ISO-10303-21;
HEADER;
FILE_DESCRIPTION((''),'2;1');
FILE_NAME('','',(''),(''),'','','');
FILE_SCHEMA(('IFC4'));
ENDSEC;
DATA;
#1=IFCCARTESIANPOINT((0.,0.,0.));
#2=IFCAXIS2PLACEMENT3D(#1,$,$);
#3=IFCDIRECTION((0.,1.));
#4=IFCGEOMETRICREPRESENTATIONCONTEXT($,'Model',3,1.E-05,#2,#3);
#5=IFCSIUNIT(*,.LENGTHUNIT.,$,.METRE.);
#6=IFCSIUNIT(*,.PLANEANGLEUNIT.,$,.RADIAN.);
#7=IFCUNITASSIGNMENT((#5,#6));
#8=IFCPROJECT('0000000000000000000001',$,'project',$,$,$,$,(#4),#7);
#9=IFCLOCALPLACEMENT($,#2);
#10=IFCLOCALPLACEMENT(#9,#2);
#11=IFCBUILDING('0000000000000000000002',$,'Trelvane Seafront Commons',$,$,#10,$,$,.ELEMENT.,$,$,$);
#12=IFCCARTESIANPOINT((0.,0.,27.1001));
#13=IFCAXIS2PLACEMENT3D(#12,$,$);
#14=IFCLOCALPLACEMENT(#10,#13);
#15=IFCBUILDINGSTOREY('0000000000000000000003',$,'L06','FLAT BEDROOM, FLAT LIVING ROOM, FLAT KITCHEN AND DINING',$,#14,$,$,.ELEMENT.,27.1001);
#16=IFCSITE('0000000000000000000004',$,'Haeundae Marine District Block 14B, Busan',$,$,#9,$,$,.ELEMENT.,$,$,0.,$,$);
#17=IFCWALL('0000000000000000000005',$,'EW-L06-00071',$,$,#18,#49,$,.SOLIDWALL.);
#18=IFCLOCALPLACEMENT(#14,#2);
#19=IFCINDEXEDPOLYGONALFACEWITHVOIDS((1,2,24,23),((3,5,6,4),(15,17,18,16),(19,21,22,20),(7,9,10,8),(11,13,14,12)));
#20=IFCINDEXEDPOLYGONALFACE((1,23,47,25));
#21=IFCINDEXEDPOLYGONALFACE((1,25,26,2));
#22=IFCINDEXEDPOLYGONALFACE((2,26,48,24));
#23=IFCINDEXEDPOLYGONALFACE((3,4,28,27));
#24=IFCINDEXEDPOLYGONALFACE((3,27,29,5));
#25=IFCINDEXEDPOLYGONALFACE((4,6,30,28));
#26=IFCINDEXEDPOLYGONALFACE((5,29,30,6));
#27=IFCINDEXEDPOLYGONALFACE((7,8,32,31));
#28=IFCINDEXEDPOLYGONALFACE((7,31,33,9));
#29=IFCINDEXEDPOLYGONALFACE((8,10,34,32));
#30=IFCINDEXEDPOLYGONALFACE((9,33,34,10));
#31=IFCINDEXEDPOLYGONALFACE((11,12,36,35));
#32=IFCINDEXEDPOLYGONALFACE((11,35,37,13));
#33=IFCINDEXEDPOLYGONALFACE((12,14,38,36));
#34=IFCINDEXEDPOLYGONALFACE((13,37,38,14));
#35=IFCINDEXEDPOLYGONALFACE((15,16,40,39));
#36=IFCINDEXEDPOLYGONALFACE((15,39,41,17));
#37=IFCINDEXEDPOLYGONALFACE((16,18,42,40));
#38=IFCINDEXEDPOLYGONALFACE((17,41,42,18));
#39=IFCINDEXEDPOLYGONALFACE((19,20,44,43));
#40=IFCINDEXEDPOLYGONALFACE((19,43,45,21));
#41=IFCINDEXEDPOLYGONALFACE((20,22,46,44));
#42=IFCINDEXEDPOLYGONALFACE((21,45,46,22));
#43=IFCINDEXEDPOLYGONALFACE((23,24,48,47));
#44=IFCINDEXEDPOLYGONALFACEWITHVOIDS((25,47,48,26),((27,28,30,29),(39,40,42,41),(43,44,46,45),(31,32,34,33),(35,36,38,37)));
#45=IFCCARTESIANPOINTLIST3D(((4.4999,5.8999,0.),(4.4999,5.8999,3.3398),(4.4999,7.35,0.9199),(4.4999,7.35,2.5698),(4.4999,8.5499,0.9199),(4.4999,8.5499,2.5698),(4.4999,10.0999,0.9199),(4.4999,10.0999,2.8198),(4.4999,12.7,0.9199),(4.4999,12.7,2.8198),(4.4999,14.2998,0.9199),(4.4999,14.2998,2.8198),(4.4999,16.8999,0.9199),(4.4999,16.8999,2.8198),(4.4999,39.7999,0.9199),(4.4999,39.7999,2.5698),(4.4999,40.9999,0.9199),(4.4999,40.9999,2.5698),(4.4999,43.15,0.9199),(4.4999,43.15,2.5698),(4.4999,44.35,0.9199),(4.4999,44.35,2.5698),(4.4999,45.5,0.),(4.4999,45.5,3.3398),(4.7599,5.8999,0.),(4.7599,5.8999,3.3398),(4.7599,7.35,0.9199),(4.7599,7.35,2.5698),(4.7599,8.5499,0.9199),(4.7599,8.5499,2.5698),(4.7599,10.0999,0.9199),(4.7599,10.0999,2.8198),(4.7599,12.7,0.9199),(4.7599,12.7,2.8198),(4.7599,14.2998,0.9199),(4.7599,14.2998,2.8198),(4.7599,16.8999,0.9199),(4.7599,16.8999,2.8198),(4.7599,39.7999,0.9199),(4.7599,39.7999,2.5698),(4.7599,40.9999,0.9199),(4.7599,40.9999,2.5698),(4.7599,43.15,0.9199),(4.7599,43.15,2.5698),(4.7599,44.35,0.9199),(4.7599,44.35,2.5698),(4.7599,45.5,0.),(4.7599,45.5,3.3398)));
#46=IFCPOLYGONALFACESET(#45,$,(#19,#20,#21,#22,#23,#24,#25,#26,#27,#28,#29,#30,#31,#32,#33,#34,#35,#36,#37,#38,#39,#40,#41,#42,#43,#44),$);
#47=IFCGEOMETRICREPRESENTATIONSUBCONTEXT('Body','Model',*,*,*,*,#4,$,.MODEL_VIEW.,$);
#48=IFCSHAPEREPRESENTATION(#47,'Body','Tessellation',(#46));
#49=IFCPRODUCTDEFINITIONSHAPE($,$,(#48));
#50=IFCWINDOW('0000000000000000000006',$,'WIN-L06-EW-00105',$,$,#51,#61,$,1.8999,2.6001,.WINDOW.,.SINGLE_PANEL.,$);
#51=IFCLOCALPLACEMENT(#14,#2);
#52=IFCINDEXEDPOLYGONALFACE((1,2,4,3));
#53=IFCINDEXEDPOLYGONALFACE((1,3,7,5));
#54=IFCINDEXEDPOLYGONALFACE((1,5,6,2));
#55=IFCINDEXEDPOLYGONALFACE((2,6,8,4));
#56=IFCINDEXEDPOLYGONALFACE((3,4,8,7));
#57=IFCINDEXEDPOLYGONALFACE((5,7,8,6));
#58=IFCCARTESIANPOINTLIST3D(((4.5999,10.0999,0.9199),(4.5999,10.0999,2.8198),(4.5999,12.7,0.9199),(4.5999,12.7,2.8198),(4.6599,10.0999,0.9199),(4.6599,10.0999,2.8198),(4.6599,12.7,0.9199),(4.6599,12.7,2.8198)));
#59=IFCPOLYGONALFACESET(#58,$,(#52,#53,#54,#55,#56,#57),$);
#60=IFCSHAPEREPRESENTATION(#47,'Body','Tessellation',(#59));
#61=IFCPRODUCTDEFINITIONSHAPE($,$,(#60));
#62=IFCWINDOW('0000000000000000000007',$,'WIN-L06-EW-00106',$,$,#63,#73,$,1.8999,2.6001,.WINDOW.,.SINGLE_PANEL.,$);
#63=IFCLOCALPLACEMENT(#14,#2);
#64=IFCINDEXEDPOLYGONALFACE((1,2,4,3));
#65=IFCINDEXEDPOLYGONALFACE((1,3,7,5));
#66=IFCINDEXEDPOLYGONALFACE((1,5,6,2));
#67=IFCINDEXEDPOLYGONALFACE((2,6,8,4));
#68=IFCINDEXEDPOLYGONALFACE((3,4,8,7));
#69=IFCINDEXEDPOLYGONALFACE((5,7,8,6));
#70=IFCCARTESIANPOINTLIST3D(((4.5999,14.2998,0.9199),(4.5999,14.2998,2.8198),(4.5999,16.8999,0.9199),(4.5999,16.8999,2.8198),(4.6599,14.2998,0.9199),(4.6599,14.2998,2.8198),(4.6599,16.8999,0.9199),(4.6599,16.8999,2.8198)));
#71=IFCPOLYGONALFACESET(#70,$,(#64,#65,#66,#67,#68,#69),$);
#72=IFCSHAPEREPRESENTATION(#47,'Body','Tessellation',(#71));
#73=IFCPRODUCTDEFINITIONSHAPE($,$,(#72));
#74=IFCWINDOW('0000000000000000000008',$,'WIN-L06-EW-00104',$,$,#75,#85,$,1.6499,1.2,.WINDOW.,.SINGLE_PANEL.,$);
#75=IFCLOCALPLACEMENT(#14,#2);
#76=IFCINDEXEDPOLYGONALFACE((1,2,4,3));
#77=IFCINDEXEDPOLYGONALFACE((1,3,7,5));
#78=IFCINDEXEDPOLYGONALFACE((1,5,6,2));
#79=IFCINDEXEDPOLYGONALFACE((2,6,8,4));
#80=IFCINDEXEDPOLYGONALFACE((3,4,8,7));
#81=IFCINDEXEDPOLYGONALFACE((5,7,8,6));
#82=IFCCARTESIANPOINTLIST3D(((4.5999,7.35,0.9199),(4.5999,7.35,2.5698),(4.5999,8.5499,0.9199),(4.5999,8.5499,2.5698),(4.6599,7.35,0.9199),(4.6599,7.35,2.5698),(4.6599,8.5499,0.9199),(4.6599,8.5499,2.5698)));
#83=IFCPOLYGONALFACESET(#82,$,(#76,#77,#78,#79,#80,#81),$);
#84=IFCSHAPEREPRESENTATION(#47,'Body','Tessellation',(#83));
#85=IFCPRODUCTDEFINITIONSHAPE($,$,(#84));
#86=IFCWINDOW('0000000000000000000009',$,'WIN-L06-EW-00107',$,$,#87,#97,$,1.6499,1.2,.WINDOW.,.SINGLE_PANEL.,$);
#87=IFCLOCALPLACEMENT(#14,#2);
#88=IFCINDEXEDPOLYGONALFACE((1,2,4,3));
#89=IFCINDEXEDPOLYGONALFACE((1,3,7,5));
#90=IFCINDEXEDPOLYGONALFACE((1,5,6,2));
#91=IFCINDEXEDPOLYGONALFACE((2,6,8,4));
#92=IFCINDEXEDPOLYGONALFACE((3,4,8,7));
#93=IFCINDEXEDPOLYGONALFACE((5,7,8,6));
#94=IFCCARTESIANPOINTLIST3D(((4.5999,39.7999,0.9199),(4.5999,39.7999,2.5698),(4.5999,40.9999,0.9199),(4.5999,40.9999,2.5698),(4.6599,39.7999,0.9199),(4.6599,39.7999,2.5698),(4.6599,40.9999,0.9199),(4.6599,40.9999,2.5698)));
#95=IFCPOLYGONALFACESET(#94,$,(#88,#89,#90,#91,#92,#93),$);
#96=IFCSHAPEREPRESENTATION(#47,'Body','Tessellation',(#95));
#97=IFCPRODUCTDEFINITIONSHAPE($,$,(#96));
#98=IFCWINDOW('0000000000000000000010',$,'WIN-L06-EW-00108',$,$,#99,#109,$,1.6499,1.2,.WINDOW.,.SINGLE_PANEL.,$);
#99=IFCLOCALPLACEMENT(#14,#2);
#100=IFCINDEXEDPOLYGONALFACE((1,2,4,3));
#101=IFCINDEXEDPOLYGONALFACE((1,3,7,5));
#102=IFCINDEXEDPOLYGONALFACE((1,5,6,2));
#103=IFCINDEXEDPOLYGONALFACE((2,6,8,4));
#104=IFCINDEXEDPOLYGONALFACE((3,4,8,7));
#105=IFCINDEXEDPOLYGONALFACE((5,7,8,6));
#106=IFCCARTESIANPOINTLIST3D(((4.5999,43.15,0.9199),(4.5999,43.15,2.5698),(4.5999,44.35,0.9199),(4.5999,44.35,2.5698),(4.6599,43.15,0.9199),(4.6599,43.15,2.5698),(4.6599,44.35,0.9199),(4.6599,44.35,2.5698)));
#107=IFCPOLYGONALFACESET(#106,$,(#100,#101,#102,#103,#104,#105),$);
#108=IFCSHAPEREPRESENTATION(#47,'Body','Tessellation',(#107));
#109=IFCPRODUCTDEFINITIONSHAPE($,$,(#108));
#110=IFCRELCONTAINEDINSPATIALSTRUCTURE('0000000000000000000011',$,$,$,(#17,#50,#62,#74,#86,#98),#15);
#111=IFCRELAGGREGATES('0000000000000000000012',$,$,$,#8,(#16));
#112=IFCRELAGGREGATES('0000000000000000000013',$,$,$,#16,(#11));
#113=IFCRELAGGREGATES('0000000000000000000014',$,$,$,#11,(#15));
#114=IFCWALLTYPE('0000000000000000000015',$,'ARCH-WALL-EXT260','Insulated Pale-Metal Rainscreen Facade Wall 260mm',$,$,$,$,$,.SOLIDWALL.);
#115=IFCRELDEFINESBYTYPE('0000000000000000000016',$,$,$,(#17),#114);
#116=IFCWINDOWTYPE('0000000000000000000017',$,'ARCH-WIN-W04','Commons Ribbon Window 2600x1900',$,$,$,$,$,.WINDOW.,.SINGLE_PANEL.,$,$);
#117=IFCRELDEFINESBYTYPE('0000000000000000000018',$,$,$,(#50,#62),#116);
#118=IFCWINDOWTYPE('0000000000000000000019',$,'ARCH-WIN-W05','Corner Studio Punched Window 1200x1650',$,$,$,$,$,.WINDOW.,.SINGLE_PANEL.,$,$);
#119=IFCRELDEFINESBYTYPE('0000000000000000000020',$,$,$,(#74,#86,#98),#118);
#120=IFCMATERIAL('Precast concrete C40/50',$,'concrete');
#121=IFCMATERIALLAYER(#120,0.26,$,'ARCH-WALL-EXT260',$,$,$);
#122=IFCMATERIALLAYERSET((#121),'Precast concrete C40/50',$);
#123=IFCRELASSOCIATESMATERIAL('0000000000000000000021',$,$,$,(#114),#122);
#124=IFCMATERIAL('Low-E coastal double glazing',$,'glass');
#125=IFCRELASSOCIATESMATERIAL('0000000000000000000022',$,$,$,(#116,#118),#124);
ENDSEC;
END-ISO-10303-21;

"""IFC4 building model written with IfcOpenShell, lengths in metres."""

from ifc_helpers import new_model, si_unit, direction, frame, frame_2d, origin, place, context, subcontext, project, spatial, rectangle, extrude, source, transform, mapped, material, layer, layer_set, type_object, element, fill, save


model = new_model("IFC4")

# Units and contexts
model_context = context("Model", 3, precision=1e-05, world=origin(), true_north=direction((0.0, 1.0)))
body_context = subcontext(model_context, "Body", "Model", "MODEL_VIEW")
ifc_project = project(units=[si_unit("LENGTHUNIT", "METRE"), si_unit("PLANEANGLEUNIT", "RADIAN")], contexts=[model_context])

# Site, building, storey
site_placement = place(None, origin())
site = spatial("IfcSite", under=ifc_project, at=site_placement, Name="Haeundae Marine District Block 14B, Busan", CompositionType="ELEMENT", RefElevation=0.0)
building_placement = place(site_placement, origin())
building = spatial("IfcBuilding", under=site, at=building_placement, Name="Trelvane Seafront Commons", CompositionType="ELEMENT")
storey_placement = place(building_placement, frame((0.0, 0.0, 27.1001)))
storey = spatial("IfcBuildingStorey", under=building, at=storey_placement, Name="L06", Description="FLAT BEDROOM, FLAT LIVING ROOM, FLAT KITCHEN AND DINING", CompositionType="ELEMENT", Elevation=27.1001)

# Shared definitions
ifc_material_1 = material(Name="Precast concrete C40/50", Category="concrete")
ifc_layer_1 = layer(ifc_material_1, 0.26, Name="ARCH-WALL-EXT260")
ifc_layer_set_1 = layer_set([ifc_layer_1], Name="Precast concrete C40/50")
wall_type_1 = type_object("IfcWallType", Name="ARCH-WALL-EXT260", Description="Insulated Pale-Metal Rainscreen Facade Wall 260mm", PredefinedType="SOLIDWALL", material=ifc_layer_set_1)

# Wall, openings, windows
wall_1_placement = place(storey_placement, frame((4.6299, 5.8999, 0.0), z_axis=(0.0, 0.0, 1.0), x_axis=(0.0, 1.0, 0.0)))
wall_1 = element("IfcWall", 1, at=wall_1_placement, inside=storey, type_object=wall_type_1, Name="EW-L06-00071", PredefinedType="SOLIDWALL", context=body_context, shape_type="SweptSolid", body=[
    extrude(rectangle(XDim=39.6001, YDim=0.26, at=frame_2d((19.8, 0.0))), origin(), (0.0, 0.0, 1.0), 3.3398),
])
opening_1_placement = place(wall_1_placement, frame((1.45, 0.0, 0.9199)))
opening_1 = element("IfcOpeningElement", 2, at=opening_1_placement, cuts=wall_1, PredefinedType="OPENING", context=body_context, shape_type="SweptSolid", body=[
    extrude(rectangle(XDim=1.2, YDim=1.6499, at=frame_2d((0.6001, 0.825))), frame((0.0, 0.1399, 0.0), z_axis=(0.0, -1.0, 0.0), x_axis=(1.0, 0.0, 0.0)), (0.0, 0.0, 1.0), 0.28),
])
opening_2_placement = place(wall_1_placement, frame((4.2, 0.0, 0.9199)))
opening_2 = element("IfcOpeningElement", 3, at=opening_2_placement, cuts=wall_1, PredefinedType="OPENING", context=body_context, shape_type="SweptSolid", body=[
    extrude(rectangle(XDim=2.6001, YDim=1.8999, at=frame_2d((1.3, 0.95))), frame((0.0, 0.1399, 0.0), z_axis=(0.0, -1.0, 0.0), x_axis=(1.0, 0.0, 0.0)), (0.0, 0.0, 1.0), 0.28),
])
opening_3_placement = place(wall_1_placement, frame((8.3999, 0.0, 0.9199)))
opening_3 = element("IfcOpeningElement", 4, at=opening_3_placement, cuts=wall_1, PredefinedType="OPENING", context=body_context, shape_type="SweptSolid", body=[
    extrude(rectangle(XDim=2.6001, YDim=1.8999, at=frame_2d((1.3, 0.95))), frame((0.0, 0.1399, 0.0), z_axis=(0.0, -1.0, 0.0), x_axis=(1.0, 0.0, 0.0)), (0.0, 0.0, 1.0), 0.28),
])
opening_4_placement = place(wall_1_placement, frame((33.8999, 0.0, 0.9199)))
opening_4 = element("IfcOpeningElement", 5, at=opening_4_placement, cuts=wall_1, PredefinedType="OPENING", context=body_context, shape_type="SweptSolid", body=[
    extrude(rectangle(XDim=1.2, YDim=1.6499, at=frame_2d((0.6001, 0.825))), frame((0.0, 0.1399, 0.0), z_axis=(0.0, -1.0, 0.0), x_axis=(1.0, 0.0, 0.0)), (0.0, 0.0, 1.0), 0.28),
])
opening_5_placement = place(wall_1_placement, frame((37.25, 0.0, 0.9199)))
opening_5 = element("IfcOpeningElement", 6, at=opening_5_placement, cuts=wall_1, PredefinedType="OPENING", context=body_context, shape_type="SweptSolid", body=[
    extrude(rectangle(XDim=1.2, YDim=1.6499, at=frame_2d((0.6001, 0.825))), frame((0.0, 0.1399, 0.0), z_axis=(0.0, -1.0, 0.0), x_axis=(1.0, 0.0, 0.0)), (0.0, 0.0, 1.0), 0.28),
])
ifc_material_2 = material(Name="Low-E coastal double glazing", Category="glass")
window_type_1 = type_object("IfcWindowType", Name="ARCH-WIN-W04", Description="Commons Ribbon Window 2600x1900", PartitioningType="SINGLE_PANEL", PredefinedType="WINDOW", material=ifc_material_2)
shared_shape_1 = source(origin(), body_context, "Body", "SweptSolid", [
    extrude(rectangle(XDim=2.6001, YDim=1.8999, at=frame_2d((1.3, 0.95))), frame((0.0, 0.03, 0.0), z_axis=(0.0, -1.0, 0.0), x_axis=(1.0, 0.0, 0.0)), (0.0, 0.0, 1.0), 0.0601),
])
window_1_placement = place(opening_2_placement, origin())
window_1 = element("IfcWindow", 7, at=window_1_placement, inside=storey, type_object=window_type_1, Name="WIN-L06-EW-00105", OverallHeight=1.8999, OverallWidth=2.6001, PartitioningType="SINGLE_PANEL", PredefinedType="WINDOW", context=body_context, shape_type="MappedRepresentation", body=[
    mapped(shared_shape_1, transform((0.0, 0.0, 0.0), x_axis=(1.0, 0.0, 0.0), y_axis=(0.0, 1.0, 0.0), z_axis=(0.0, 0.0, 1.0), scale=1.0)),
])
fill(opening_2, window_1)
window_2_placement = place(opening_3_placement, origin())
window_2 = element("IfcWindow", 8, at=window_2_placement, inside=storey, type_object=window_type_1, Name="WIN-L06-EW-00106", OverallHeight=1.8999, OverallWidth=2.6001, PartitioningType="SINGLE_PANEL", PredefinedType="WINDOW", context=body_context, shape_type="MappedRepresentation", body=[
    mapped(shared_shape_1, transform((0.0, 0.0, 0.0), x_axis=(1.0, 0.0, 0.0), y_axis=(0.0, 1.0, 0.0), z_axis=(0.0, 0.0, 1.0), scale=1.0)),
])
fill(opening_3, window_2)
window_type_2 = type_object("IfcWindowType", Name="ARCH-WIN-W05", Description="Corner Studio Punched Window 1200x1650", PartitioningType="SINGLE_PANEL", PredefinedType="WINDOW", material=ifc_material_2)
shared_shape_2 = source(origin(), body_context, "Body", "SweptSolid", [
    extrude(rectangle(XDim=1.2, YDim=1.6499, at=frame_2d((0.6001, 0.825))), frame((0.0, 0.03, 0.0), z_axis=(0.0, -1.0, 0.0), x_axis=(1.0, 0.0, 0.0)), (0.0, 0.0, 1.0), 0.0601),
])
window_3_placement = place(opening_1_placement, origin())
window_3 = element("IfcWindow", 9, at=window_3_placement, inside=storey, type_object=window_type_2, Name="WIN-L06-EW-00104", OverallHeight=1.6499, OverallWidth=1.2, PartitioningType="SINGLE_PANEL", PredefinedType="WINDOW", context=body_context, shape_type="MappedRepresentation", body=[
    mapped(shared_shape_2, transform((0.0, 0.0, 0.0), x_axis=(1.0, 0.0, 0.0), y_axis=(0.0, 1.0, 0.0), z_axis=(0.0, 0.0, 1.0), scale=1.0)),
])
fill(opening_1, window_3)
window_4_placement = place(opening_4_placement, origin())
window_4 = element("IfcWindow", 10, at=window_4_placement, inside=storey, type_object=window_type_2, Name="WIN-L06-EW-00107", OverallHeight=1.6499, OverallWidth=1.2, PartitioningType="SINGLE_PANEL", PredefinedType="WINDOW", context=body_context, shape_type="MappedRepresentation", body=[
    mapped(shared_shape_2, transform((0.0, 0.0, 0.0), x_axis=(1.0, 0.0, 0.0), y_axis=(0.0, 1.0, 0.0), z_axis=(0.0, 0.0, 1.0), scale=1.0)),
])
fill(opening_4, window_4)
window_5_placement = place(opening_5_placement, origin())
window_5 = element("IfcWindow", 11, at=window_5_placement, inside=storey, type_object=window_type_2, Name="WIN-L06-EW-00108", OverallHeight=1.6499, OverallWidth=1.2, PartitioningType="SINGLE_PANEL", PredefinedType="WINDOW", context=body_context, shape_type="MappedRepresentation", body=[
    mapped(shared_shape_2, transform((0.0, 0.0, 0.0), x_axis=(1.0, 0.0, 0.0), y_axis=(0.0, 1.0, 0.0), z_axis=(0.0, 0.0, 1.0), scale=1.0)),
])
fill(opening_5, window_5)

save(model, "model.ifc")
